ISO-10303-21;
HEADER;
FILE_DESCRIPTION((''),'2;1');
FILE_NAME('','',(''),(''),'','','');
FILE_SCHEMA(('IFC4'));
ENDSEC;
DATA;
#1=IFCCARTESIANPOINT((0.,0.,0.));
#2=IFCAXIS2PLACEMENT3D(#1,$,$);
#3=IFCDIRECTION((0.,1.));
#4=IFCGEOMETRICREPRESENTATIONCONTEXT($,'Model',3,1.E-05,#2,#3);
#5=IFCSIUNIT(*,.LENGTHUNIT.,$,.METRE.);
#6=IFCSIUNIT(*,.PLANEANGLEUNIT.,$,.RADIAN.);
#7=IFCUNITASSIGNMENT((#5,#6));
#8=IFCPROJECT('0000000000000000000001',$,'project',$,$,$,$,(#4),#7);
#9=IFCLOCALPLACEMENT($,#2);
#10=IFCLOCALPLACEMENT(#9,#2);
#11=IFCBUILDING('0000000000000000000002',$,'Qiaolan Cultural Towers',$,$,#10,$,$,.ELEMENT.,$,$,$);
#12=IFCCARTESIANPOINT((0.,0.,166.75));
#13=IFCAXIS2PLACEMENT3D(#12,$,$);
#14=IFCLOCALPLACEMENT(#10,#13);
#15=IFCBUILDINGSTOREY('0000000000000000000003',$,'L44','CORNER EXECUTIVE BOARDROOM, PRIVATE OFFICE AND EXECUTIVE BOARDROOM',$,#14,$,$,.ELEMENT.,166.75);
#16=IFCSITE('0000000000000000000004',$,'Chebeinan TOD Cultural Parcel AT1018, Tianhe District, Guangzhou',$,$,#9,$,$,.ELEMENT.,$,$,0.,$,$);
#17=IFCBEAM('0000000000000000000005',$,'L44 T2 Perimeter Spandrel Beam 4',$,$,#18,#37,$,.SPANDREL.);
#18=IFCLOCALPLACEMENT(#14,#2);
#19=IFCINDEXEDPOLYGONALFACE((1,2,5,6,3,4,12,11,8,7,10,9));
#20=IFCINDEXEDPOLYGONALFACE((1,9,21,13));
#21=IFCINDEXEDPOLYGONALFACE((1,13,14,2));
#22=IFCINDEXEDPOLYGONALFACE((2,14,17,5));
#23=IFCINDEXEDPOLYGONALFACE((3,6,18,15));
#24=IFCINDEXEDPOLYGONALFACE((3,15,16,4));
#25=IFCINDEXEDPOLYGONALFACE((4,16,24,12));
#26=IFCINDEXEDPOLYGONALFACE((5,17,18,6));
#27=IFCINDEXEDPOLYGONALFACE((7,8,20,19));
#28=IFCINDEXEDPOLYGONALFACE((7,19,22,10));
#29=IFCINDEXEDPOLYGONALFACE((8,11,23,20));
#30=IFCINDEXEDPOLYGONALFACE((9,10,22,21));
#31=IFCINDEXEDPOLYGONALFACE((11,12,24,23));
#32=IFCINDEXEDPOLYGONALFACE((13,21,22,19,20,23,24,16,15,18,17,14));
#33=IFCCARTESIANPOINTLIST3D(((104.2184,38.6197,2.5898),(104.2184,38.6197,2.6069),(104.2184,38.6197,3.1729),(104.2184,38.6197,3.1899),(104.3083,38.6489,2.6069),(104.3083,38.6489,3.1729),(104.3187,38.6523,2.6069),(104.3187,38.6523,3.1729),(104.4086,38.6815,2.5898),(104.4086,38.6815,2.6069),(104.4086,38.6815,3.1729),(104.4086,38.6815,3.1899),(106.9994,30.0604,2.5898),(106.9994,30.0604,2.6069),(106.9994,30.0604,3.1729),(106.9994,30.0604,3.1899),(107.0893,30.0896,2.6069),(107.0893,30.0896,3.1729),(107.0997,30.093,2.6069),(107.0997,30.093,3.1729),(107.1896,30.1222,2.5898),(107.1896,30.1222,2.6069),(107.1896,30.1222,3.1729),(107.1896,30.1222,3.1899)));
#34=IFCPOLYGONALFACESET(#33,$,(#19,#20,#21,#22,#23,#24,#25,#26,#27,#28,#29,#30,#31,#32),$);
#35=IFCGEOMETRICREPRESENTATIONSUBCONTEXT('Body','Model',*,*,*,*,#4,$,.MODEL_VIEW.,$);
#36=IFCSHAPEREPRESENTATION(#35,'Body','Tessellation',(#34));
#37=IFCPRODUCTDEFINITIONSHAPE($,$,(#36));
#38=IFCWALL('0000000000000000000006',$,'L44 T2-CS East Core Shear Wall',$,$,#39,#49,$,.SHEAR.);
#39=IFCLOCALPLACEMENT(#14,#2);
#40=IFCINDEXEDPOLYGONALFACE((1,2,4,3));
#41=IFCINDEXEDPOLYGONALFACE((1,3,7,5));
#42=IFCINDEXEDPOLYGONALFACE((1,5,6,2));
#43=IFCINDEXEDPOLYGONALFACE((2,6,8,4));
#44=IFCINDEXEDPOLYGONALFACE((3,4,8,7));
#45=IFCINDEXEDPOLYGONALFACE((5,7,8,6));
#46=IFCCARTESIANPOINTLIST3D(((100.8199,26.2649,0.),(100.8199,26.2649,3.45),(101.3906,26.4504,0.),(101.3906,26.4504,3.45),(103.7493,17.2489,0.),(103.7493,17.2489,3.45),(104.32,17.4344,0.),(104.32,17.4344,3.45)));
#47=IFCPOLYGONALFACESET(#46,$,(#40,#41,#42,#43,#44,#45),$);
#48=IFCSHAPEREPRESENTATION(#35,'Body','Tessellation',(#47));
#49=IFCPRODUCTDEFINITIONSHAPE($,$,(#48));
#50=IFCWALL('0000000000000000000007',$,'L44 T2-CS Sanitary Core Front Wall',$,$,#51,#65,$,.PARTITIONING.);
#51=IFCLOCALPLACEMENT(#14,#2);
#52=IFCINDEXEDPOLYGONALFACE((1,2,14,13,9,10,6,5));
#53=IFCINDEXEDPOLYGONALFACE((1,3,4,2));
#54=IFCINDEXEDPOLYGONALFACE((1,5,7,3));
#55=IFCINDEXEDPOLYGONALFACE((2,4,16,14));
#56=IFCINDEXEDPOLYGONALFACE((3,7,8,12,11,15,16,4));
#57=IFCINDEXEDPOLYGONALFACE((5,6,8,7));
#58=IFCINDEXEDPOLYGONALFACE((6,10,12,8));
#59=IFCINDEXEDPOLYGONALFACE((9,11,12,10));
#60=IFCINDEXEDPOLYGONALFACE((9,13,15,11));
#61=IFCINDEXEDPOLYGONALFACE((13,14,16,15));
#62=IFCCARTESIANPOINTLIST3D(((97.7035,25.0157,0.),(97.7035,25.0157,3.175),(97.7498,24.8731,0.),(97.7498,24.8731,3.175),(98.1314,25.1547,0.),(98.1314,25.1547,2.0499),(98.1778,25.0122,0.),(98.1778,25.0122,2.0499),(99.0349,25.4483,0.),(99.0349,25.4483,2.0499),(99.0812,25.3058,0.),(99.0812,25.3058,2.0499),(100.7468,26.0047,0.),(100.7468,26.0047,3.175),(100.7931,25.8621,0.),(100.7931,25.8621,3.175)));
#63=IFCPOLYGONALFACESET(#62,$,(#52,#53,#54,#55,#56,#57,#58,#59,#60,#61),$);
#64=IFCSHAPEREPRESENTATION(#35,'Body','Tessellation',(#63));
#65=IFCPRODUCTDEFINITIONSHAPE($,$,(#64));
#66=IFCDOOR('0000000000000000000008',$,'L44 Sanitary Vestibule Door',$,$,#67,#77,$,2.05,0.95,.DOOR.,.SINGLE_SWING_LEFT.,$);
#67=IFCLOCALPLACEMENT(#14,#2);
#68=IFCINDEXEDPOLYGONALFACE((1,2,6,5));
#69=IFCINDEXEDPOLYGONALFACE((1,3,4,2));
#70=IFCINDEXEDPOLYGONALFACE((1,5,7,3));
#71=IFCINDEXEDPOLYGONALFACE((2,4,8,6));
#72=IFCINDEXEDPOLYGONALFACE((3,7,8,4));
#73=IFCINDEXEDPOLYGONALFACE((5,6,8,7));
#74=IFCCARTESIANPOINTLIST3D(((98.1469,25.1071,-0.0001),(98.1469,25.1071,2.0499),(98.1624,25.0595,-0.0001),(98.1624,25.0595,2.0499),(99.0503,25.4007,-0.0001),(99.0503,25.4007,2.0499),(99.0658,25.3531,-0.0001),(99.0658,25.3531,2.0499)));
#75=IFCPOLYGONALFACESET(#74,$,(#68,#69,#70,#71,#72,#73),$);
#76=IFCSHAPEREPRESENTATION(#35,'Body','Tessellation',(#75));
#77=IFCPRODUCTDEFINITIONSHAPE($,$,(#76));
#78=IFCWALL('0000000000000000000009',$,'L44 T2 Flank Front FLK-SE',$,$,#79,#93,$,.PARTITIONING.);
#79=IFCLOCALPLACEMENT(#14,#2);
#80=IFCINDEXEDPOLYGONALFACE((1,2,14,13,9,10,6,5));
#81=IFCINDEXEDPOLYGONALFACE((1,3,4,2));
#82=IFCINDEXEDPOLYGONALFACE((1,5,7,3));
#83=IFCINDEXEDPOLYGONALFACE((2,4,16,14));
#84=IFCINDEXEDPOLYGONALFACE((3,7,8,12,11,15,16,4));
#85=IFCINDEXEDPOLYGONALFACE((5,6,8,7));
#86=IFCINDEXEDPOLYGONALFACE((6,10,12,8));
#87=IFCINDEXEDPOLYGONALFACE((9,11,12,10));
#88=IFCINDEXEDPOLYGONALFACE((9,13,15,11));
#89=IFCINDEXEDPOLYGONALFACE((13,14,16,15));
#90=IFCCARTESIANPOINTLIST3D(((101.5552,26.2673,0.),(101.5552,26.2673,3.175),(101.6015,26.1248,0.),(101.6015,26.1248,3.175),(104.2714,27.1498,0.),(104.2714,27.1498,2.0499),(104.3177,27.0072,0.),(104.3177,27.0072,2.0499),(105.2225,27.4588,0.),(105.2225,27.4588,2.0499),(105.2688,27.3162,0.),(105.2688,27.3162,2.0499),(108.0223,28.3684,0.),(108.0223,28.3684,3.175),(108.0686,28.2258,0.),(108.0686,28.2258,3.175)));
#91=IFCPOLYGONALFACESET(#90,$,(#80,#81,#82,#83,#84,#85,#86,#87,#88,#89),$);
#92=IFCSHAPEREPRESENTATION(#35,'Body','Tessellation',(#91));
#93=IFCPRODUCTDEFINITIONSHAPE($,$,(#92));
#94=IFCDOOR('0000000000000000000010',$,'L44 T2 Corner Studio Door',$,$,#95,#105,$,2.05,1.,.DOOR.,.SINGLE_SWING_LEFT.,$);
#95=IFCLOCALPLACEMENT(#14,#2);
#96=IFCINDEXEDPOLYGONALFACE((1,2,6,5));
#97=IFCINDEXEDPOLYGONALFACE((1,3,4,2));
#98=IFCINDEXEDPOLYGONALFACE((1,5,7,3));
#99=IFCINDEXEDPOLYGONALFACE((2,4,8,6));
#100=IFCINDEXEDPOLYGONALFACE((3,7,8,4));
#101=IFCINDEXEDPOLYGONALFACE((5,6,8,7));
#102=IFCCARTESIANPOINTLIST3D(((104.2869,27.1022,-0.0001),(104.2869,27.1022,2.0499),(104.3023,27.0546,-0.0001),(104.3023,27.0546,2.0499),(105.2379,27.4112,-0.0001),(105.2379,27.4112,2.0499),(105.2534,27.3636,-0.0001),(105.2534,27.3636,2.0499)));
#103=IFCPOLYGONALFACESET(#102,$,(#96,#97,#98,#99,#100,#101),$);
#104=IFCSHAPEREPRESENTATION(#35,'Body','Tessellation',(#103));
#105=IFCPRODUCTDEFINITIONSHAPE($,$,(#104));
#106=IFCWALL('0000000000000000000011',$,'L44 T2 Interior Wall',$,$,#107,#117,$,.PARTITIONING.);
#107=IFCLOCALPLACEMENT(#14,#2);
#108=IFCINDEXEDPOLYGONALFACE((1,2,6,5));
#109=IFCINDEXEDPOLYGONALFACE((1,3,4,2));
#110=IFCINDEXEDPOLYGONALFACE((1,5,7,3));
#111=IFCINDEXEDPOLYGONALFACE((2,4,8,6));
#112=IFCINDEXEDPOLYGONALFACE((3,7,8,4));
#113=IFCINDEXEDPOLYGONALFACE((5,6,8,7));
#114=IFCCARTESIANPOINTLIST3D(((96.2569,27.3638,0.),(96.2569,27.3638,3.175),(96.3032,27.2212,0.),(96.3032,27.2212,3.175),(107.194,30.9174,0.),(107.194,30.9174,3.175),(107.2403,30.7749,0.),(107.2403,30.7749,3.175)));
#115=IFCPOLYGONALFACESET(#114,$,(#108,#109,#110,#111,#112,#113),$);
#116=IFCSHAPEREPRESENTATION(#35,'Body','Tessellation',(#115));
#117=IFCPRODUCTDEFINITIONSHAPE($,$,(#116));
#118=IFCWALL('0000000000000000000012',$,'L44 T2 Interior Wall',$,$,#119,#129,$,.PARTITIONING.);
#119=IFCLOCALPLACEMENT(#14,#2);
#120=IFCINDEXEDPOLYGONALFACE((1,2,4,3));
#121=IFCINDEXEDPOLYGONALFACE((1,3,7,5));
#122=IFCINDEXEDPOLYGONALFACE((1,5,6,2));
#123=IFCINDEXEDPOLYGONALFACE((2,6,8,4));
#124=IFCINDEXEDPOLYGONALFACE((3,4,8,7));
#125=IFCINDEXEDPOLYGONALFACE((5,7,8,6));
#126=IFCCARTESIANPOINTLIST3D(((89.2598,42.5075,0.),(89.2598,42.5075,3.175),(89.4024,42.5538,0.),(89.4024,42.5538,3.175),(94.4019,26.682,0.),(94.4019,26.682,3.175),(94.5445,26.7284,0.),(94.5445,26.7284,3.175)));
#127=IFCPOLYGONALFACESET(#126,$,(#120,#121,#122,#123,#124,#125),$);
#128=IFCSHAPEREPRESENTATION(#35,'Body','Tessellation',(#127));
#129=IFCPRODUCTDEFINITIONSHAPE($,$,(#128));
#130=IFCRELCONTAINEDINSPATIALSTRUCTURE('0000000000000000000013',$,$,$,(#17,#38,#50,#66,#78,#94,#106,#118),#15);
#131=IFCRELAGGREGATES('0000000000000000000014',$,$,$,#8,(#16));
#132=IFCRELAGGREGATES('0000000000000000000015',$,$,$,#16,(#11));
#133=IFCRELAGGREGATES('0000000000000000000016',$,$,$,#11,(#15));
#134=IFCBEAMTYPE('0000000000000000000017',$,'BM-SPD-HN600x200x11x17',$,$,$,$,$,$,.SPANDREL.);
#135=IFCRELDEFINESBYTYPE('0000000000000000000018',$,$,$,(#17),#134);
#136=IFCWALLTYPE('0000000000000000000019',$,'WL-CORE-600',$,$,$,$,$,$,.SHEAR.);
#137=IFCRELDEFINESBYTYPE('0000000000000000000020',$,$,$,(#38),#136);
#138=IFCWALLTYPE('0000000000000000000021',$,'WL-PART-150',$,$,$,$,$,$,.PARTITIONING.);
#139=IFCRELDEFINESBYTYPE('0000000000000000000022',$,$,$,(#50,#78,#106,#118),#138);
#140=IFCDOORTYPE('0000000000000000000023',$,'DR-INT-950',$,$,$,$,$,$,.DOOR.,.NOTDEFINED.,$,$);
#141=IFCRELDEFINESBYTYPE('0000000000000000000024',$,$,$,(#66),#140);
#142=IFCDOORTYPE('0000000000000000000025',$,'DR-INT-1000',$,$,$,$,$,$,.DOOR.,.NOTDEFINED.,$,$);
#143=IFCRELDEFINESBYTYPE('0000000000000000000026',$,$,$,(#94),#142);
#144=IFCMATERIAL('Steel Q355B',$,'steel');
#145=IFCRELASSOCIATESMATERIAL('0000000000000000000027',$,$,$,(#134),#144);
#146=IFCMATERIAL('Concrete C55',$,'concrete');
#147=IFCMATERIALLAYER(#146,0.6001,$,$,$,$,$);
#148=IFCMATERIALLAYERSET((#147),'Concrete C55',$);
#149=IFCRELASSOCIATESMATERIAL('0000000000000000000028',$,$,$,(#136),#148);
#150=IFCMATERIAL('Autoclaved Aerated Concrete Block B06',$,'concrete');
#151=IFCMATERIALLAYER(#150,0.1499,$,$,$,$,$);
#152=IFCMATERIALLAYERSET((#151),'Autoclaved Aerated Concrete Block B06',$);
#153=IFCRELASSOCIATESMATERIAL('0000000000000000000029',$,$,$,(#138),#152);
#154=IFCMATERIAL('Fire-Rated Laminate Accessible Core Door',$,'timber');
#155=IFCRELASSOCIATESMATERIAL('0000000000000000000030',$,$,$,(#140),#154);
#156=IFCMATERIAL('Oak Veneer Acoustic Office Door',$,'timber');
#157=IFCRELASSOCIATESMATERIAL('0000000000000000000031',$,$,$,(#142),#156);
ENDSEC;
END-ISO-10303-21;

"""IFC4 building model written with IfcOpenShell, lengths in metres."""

from ifc_helpers import new_model, si_unit, direction, frame, frame_2d, origin, origin_2d, place, context, subcontext, project, spatial, rectangle, i_section, extrude, material, layer, layer_set, material_profile, profile_set, type_object, element, fill, save


model = new_model("IFC4")

# Units and contexts
model_context = context("Model", 3, precision=1e-05, world=origin(), true_north=direction((0.0, 1.0)))
body_context = subcontext(model_context, "Body", "Model", "MODEL_VIEW")
ifc_project = project(units=[si_unit("LENGTHUNIT", "METRE"), si_unit("PLANEANGLEUNIT", "RADIAN")], contexts=[model_context])

# Site, building, storey
site_placement = place(None, origin())
site = spatial("IfcSite", under=ifc_project, at=site_placement, Name="Chebeinan TOD Cultural Parcel AT1018, Tianhe District, Guangzhou", CompositionType="ELEMENT", RefElevation=0.0)
building_placement = place(site_placement, origin())
building = spatial("IfcBuilding", under=site, at=building_placement, Name="Qiaolan Cultural Towers", CompositionType="ELEMENT")
storey_placement = place(building_placement, frame((0.0, 0.0, 166.75)))
storey = spatial("IfcBuildingStorey", under=building, at=storey_placement, Name="L44", Description="CORNER EXECUTIVE BOARDROOM, PRIVATE OFFICE AND EXECUTIVE BOARDROOM", CompositionType="ELEMENT", Elevation=166.75)

# Beam
ifc_material_1 = material(Name="Steel Q355B", Category="steel")
ifc_material_profile_1 = material_profile(ifc_material_1, i_section(OverallWidth=0.2, OverallDepth=0.6001, WebThickness=0.011, FlangeThickness=0.0171, at=origin_2d()), Name="HN600x200x11x17")
ifc_profile_set_1 = profile_set([ifc_material_profile_1], Name="Steel Q355B")
beam_type_1 = type_object("IfcBeamType", Name="BM-SPD-HN600x200x11x17", PredefinedType="SPANDREL", material=ifc_profile_set_1)
beam_1_placement = place(storey_placement, frame((107.0945, 30.0913, 2.8899), z_axis=(-0.309008, 0.951059, 0.0), x_axis=(-0.951059, -0.309008, 0.0)))
element("IfcBeam", 1, at=beam_1_placement, inside=storey, type_object=beam_type_1, Name="L44 T2 Perimeter Spandrel Beam 4", PredefinedType="SPANDREL", context=body_context, shape_type="SweptSolid", body=[
    extrude(i_section(OverallWidth=0.2, OverallDepth=0.6001, WebThickness=0.011, FlangeThickness=0.0171, at=origin_2d()), origin(), (0.0, 0.0, 1.0), 8.9998),
])

# Wall
ifc_material_2 = material(Name="Concrete C55", Category="concrete")
ifc_layer_1 = layer(ifc_material_2, 0.6001)
ifc_layer_set_1 = layer_set([ifc_layer_1], Name="Concrete C55")
wall_type_1 = type_object("IfcWallType", Name="WL-CORE-600", PredefinedType="SHEAR", material=ifc_layer_set_1)
wall_1_placement = place(storey_placement, frame((101.1052, 26.3577, 0.0), z_axis=(0.0, 0.0, 1.0), x_axis=(0.30901, -0.951059, 0.0)))
element("IfcWall", 2, at=wall_1_placement, inside=storey, type_object=wall_type_1, Name="L44 T2-CS East Core Shear Wall", PredefinedType="SHEAR", context=body_context, shape_type="SweptSolid", body=[
    extrude(rectangle(XDim=9.48, YDim=0.6001, at=frame_2d((4.74, 0.0))), origin(), (0.0, 0.0, 1.0), 3.45),
])

# Walls, openings, doors
ifc_material_3 = material(Name="Autoclaved Aerated Concrete Block B06", Category="concrete")
ifc_layer_2 = layer(ifc_material_3, 0.1499)
ifc_layer_set_2 = layer_set([ifc_layer_2], Name="Autoclaved Aerated Concrete Block B06")
wall_type_2 = type_object("IfcWallType", Name="WL-PART-150", PredefinedType="PARTITIONING", material=ifc_layer_set_2)
wall_2_placement = place(storey_placement, frame((97.7266, 24.9443, 0.0), z_axis=(0.0, 0.0, 1.0), x_axis=(0.951037, 0.309077, 0.0)))
wall_2 = element("IfcWall", 3, at=wall_2_placement, inside=storey, type_object=wall_type_2, Name="L44 T2-CS Sanitary Core Front Wall", PredefinedType="PARTITIONING", context=body_context, shape_type="SweptSolid", body=[
    extrude(rectangle(XDim=3.2, YDim=0.1499, at=frame_2d((1.6001, 0.0))), origin(), (0.0, 0.0, 1.0), 3.175),
])
opening_1_placement = place(wall_2_placement, frame((0.45, 0.0, 0.0)))
opening_1 = element("IfcOpeningElement", 4, at=opening_1_placement, cuts=wall_2, PredefinedType="OPENING", context=body_context, shape_type="SweptSolid", body=[
    extrude(rectangle(XDim=0.95, YDim=2.05, at=frame_2d((0.4751, 1.0249))), frame((0.0, 0.085, 0.0), z_axis=(0.0, -1.0, 0.0), x_axis=(1.0, 0.0, 0.0)), (0.0, 0.0, 1.0), 0.1699),
])
ifc_material_4 = material(Name="Fire-Rated Laminate Accessible Core Door", Category="timber")
door_type_1 = type_object("IfcDoorType", Name="DR-INT-950", OperationType="NOTDEFINED", PredefinedType="DOOR", material=ifc_material_4)
door_1_placement = place(opening_1_placement, origin())
door_1 = element("IfcDoor", 5, at=door_1_placement, inside=storey, type_object=door_type_1, Name="L44 Sanitary Vestibule Door", OperationType="SINGLE_SWING_LEFT", OverallHeight=2.05, OverallWidth=0.95, PredefinedType="DOOR", context=body_context, shape_type="SweptSolid", body=[
    extrude(rectangle(XDim=0.95, YDim=2.05, at=frame_2d((0.4751, 1.0249))), frame((0.0, 0.0249, 0.0), z_axis=(0.0, -1.0, 0.0), x_axis=(1.0, 0.0, 0.0)), (0.0, 0.0, 1.0), 0.05),
])
fill(opening_1, door_1)
wall_3_placement = place(storey_placement, frame((101.5784, 26.196, 0.0), z_axis=(0.0, 0.0, 1.0), x_axis=(0.951065, 0.308991, 0.0)))
wall_3 = element("IfcWall", 6, at=wall_3_placement, inside=storey, type_object=wall_type_2, Name="L44 T2 Flank Front FLK-SE", PredefinedType="PARTITIONING", context=body_context, shape_type="SweptSolid", body=[
    extrude(rectangle(XDim=6.7998, YDim=0.1499, at=frame_2d((3.3999, 0.0))), origin(), (0.0, 0.0, 1.0), 3.175),
])
opening_2_placement = place(wall_3_placement, frame((2.856, 0.0, 0.0)))
opening_2 = element("IfcOpeningElement", 7, at=opening_2_placement, cuts=wall_3, PredefinedType="OPENING", context=body_context, shape_type="SweptSolid", body=[
    extrude(rectangle(XDim=1.0, YDim=2.05, at=frame_2d((0.5, 1.0249))), frame((0.0, 0.085, 0.0), z_axis=(0.0, -1.0, 0.0), x_axis=(1.0, 0.0, 0.0)), (0.0, 0.0, 1.0), 0.1699),
])
ifc_material_5 = material(Name="Oak Veneer Acoustic Office Door", Category="timber")
door_type_2 = type_object("IfcDoorType", Name="DR-INT-1000", OperationType="NOTDEFINED", PredefinedType="DOOR", material=ifc_material_5)
door_2_placement = place(opening_2_placement, origin())
door_2 = element("IfcDoor", 8, at=door_2_placement, inside=storey, type_object=door_type_2, Name="L44 T2 Corner Studio Door", OperationType="SINGLE_SWING_LEFT", OverallHeight=2.05, OverallWidth=1.0, PredefinedType="DOOR", context=body_context, shape_type="SweptSolid", body=[
    extrude(rectangle(XDim=1.0, YDim=2.05, at=frame_2d((0.5, 1.0249))), frame((0.0, 0.0249, 0.0), z_axis=(0.0, -1.0, 0.0), x_axis=(1.0, 0.0, 0.0)), (0.0, 0.0, 1.0), 0.05),
])
fill(opening_2, door_2)

# Walls
wall_4_placement = place(storey_placement, frame((96.28, 27.2925, 0.0), z_axis=(0.0, 0.0, 1.0), x_axis=(0.951057, 0.309016, 0.0)))
element("IfcWall", 9, at=wall_4_placement, inside=storey, type_object=wall_type_2, Name="L44 T2 Interior Wall", PredefinedType="PARTITIONING", context=body_context, shape_type="SweptSolid", body=[
    extrude(rectangle(XDim=11.5, YDim=0.1499, at=frame_2d((5.75, 0.0))), origin(), (0.0, 0.0, 1.0), 3.175),
])
wall_5_placement = place(storey_placement, frame((94.4731, 26.7053, 0.0), z_axis=(0.0, 0.0, 1.0), x_axis=(-0.309022, 0.951055, 0.0)))
element("IfcWall", 10, at=wall_5_placement, inside=storey, type_object=wall_type_2, Name="L44 T2 Interior Wall", PredefinedType="PARTITIONING", context=body_context, shape_type="SweptSolid", body=[
    extrude(rectangle(XDim=16.6399, YDim=0.1499, at=frame_2d((8.3198, 0.0))), origin(), (0.0, 0.0, 1.0), 3.175),
])

save(model, "model.ifc")
